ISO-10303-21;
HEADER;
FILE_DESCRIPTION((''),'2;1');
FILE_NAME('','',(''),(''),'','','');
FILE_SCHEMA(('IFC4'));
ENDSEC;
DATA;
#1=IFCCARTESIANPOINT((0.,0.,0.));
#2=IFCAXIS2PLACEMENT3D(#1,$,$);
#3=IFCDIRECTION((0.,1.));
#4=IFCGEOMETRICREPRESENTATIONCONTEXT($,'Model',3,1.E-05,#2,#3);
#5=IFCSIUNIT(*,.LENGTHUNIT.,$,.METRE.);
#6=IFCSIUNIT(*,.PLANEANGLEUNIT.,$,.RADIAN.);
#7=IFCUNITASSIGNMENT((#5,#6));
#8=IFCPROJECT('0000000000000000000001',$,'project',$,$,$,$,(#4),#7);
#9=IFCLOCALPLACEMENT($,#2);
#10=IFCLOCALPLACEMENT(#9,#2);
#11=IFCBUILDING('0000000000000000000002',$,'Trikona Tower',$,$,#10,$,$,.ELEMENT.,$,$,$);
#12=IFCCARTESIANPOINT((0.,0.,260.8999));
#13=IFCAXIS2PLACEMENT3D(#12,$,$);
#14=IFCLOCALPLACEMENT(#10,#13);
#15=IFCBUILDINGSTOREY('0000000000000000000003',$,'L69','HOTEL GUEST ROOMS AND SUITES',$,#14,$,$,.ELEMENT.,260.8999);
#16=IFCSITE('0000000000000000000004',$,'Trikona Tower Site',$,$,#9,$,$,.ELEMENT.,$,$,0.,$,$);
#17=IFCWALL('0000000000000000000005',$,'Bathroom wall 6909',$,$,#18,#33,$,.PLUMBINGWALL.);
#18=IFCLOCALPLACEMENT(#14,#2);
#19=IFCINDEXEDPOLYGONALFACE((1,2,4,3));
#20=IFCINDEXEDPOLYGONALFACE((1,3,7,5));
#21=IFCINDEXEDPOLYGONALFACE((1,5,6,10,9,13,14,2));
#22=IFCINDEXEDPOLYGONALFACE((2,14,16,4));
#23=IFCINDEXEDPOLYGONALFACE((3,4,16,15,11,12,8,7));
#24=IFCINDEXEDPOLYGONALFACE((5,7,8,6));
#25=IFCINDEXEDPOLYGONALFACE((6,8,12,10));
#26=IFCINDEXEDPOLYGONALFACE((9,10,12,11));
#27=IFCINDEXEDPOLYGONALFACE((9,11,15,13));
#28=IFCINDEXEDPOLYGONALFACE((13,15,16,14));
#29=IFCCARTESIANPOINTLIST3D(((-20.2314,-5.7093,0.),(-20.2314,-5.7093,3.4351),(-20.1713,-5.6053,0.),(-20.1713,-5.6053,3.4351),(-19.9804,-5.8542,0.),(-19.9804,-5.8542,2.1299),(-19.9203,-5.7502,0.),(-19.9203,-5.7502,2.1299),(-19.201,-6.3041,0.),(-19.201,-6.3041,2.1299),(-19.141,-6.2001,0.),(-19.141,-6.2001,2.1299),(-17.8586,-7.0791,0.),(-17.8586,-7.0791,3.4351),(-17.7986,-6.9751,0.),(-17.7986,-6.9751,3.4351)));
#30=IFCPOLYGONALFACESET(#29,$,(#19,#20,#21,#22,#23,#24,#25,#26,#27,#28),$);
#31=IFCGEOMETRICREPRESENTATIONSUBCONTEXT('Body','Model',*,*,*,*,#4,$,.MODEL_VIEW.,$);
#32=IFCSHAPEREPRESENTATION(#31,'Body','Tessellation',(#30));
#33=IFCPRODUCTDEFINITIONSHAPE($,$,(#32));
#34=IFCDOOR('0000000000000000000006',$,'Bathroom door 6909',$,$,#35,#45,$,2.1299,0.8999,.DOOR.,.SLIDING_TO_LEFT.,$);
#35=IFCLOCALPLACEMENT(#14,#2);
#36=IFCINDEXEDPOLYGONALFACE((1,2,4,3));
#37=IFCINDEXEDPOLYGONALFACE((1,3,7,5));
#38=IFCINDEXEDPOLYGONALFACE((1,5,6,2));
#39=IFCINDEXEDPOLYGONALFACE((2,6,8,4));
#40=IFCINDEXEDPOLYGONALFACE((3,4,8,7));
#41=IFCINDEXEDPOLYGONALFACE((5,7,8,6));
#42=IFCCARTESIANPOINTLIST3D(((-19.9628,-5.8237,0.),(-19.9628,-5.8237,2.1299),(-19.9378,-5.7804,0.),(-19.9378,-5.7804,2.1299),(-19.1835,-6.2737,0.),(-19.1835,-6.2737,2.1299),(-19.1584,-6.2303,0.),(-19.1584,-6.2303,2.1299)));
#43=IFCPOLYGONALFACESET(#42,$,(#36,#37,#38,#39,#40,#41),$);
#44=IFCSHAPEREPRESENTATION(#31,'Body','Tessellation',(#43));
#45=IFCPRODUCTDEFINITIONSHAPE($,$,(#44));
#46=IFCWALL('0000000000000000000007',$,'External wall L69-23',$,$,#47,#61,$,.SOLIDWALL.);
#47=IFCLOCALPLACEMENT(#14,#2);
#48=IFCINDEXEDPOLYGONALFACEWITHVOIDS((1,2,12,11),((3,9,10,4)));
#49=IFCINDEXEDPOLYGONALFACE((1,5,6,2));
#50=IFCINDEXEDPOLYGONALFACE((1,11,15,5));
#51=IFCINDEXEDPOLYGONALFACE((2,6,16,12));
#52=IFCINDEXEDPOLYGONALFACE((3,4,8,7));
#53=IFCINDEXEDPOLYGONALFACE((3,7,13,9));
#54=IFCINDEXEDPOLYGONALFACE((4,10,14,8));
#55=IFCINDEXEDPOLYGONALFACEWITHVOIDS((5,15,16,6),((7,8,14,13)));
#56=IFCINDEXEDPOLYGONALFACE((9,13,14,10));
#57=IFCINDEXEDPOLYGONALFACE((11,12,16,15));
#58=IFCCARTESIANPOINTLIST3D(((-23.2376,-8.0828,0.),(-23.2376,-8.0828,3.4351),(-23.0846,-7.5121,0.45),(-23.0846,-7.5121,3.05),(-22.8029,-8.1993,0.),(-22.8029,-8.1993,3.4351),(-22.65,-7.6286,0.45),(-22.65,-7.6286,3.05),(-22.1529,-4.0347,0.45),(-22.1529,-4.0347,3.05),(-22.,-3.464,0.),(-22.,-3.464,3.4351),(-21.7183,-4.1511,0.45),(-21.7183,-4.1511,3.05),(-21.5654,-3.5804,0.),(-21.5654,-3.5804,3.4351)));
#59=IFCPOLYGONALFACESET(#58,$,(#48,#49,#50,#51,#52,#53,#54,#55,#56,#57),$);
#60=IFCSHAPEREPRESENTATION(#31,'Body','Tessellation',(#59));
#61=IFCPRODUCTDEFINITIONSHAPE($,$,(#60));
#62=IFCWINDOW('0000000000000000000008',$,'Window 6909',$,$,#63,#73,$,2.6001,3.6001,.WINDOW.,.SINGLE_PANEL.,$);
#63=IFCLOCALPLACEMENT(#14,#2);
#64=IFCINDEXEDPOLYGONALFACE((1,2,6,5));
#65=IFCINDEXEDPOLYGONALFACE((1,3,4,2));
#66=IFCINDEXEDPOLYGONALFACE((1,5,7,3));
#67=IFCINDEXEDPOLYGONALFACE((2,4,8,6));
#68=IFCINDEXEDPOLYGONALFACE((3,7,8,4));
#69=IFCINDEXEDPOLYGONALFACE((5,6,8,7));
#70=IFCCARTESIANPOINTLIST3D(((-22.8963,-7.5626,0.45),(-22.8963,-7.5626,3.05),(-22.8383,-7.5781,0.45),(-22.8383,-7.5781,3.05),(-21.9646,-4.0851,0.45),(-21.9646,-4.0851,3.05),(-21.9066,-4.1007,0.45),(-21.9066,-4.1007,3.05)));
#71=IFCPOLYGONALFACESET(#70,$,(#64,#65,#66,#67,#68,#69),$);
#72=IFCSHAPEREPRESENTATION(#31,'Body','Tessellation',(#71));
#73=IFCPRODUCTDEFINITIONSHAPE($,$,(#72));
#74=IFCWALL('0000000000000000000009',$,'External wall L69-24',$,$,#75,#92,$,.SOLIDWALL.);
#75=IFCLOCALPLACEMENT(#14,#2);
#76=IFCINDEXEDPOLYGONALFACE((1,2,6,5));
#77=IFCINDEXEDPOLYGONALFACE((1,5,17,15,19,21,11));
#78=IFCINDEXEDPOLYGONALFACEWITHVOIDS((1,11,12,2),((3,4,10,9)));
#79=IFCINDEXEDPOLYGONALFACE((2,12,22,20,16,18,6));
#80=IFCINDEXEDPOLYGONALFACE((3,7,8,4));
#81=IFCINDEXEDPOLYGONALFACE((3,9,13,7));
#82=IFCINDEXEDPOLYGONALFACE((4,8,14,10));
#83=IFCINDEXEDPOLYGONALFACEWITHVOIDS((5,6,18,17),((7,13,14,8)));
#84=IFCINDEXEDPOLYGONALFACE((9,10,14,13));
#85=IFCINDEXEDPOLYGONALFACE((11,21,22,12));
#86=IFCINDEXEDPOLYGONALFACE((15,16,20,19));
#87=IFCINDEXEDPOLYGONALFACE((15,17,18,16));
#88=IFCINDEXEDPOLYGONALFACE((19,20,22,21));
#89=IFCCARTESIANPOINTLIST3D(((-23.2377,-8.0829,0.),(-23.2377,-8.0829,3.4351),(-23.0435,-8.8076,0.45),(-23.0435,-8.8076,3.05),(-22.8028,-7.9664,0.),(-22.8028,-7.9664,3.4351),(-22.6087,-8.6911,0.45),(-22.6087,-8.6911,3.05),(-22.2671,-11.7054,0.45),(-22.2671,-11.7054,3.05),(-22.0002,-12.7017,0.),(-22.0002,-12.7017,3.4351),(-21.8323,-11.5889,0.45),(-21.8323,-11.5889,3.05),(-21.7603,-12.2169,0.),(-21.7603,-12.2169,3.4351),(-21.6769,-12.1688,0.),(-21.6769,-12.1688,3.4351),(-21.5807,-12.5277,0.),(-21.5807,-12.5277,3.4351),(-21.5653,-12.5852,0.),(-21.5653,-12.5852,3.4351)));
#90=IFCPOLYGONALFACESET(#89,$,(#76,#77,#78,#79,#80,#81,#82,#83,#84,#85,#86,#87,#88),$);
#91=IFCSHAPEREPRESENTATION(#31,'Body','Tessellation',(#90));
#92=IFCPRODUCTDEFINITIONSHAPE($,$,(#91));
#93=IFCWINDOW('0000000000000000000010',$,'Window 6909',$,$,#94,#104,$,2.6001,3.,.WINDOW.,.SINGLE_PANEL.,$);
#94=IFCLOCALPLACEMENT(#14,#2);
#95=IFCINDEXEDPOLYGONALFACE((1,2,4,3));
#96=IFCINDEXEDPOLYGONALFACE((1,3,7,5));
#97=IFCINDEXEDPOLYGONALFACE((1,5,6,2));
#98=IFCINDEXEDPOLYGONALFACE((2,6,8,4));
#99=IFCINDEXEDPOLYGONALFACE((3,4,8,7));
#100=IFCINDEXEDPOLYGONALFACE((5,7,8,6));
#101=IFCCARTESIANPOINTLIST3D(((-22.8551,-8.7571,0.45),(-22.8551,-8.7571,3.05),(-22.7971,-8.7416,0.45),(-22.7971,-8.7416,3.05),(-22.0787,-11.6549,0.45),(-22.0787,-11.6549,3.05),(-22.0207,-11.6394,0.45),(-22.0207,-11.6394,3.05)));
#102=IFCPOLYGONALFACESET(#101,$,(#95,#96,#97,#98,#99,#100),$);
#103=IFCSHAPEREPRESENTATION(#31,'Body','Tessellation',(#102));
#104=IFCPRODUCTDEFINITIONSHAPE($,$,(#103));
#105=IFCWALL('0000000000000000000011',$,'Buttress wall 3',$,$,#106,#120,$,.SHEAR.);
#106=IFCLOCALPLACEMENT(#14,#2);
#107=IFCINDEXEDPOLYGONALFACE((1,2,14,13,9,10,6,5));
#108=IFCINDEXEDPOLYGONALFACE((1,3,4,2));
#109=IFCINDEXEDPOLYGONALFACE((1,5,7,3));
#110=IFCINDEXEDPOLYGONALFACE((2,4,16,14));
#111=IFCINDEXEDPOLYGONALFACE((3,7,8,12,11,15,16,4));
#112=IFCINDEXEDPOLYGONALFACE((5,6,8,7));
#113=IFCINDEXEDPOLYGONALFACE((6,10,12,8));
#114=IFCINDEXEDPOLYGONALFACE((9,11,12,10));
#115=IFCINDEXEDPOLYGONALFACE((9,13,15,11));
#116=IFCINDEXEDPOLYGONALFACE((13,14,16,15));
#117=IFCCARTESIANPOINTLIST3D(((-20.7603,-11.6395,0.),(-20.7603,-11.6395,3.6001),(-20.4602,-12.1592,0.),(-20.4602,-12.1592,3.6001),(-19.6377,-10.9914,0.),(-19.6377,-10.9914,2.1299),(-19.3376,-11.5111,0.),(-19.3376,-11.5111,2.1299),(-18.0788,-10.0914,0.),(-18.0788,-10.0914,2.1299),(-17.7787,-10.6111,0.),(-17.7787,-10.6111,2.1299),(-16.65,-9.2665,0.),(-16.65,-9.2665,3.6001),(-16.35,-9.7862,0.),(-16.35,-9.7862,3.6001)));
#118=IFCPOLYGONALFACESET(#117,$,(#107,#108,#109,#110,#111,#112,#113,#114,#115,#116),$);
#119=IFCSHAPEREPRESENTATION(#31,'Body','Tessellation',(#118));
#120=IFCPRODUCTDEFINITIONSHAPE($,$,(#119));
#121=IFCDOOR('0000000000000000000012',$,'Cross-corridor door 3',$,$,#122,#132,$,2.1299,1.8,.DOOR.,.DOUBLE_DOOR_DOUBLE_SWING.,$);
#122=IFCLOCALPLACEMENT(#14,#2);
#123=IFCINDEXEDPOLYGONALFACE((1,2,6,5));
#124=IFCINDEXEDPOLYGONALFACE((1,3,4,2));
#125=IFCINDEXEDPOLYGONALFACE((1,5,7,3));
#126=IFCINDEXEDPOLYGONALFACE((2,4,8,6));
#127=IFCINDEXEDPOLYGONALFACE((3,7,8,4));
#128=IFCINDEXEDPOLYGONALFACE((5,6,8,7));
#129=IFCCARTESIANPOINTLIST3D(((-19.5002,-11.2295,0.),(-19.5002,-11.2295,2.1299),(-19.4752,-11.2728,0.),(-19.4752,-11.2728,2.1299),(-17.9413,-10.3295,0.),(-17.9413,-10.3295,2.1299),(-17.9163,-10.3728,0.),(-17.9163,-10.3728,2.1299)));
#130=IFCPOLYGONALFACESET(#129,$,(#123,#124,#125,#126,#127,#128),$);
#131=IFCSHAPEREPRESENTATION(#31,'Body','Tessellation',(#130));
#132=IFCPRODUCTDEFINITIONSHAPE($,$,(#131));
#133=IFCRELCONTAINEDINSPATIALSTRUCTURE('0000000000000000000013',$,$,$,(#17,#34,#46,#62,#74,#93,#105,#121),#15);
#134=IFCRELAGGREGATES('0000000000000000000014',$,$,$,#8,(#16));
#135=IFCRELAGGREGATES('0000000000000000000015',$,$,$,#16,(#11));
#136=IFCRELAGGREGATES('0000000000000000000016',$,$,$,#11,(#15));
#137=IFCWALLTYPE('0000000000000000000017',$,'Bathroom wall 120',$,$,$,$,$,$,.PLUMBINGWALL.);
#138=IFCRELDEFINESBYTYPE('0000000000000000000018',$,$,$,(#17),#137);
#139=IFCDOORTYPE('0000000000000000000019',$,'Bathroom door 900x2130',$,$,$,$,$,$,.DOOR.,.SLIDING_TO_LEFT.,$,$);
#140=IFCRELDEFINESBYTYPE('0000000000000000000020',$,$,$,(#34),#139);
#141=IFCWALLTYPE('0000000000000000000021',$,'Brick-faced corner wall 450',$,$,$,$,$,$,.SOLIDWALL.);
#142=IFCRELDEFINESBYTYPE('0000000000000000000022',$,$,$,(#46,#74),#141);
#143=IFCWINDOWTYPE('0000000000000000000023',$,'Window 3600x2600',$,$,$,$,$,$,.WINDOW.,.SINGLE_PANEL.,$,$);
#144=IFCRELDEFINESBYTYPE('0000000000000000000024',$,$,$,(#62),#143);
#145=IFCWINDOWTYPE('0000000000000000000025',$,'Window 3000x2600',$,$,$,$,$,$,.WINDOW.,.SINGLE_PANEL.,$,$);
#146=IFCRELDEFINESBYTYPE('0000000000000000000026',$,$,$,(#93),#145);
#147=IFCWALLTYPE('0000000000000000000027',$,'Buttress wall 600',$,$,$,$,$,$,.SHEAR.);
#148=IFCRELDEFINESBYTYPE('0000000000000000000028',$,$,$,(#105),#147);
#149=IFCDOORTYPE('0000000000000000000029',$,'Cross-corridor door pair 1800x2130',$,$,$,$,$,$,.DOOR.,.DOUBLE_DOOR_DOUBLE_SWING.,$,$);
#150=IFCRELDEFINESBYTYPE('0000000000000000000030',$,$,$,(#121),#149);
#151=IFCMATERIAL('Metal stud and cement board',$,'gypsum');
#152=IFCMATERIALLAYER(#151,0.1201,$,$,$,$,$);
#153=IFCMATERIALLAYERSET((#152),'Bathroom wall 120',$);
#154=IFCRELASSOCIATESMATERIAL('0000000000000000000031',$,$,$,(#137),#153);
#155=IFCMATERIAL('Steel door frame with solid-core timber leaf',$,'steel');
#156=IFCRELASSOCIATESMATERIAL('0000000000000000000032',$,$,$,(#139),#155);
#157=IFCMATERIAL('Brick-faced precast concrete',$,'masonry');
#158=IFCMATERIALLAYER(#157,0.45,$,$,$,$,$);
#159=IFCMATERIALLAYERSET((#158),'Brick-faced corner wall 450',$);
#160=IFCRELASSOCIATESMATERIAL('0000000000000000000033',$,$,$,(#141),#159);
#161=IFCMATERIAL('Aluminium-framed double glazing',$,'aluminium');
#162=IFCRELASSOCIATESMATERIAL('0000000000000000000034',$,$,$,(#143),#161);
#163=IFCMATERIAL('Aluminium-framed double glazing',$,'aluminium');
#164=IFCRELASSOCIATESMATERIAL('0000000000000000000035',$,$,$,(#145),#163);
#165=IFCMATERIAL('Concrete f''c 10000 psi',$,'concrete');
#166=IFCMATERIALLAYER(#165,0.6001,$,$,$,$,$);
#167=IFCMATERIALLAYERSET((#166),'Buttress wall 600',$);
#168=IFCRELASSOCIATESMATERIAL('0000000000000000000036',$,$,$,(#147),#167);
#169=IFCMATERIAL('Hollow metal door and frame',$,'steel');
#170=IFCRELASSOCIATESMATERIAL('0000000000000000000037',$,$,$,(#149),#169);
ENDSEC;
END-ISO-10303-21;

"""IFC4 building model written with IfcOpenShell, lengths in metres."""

from ifc_helpers import new_model, si_unit, direction, frame, frame_2d, origin, place, context, subcontext, project, spatial, polyline, rectangle, outline, extrude, material, layer, layer_set, type_object, element, fill, save


model = new_model("IFC4")

# Units and contexts
model_context = context("Model", 3, precision=1e-05, world=origin(), true_north=direction((0.0, 1.0)))
body_context = subcontext(model_context, "Body", "Model", "MODEL_VIEW")
ifc_project = project(units=[si_unit("LENGTHUNIT", "METRE"), si_unit("PLANEANGLEUNIT", "RADIAN")], contexts=[model_context])

# Site, building, storey
site_placement = place(None, origin())
site = spatial("IfcSite", under=ifc_project, at=site_placement, Name="Trikona Tower Site", CompositionType="ELEMENT", RefElevation=0.0)
building_placement = place(site_placement, origin())
building = spatial("IfcBuilding", under=site, at=building_placement, Name="Trikona Tower", CompositionType="ELEMENT")
storey_placement = place(building_placement, frame((0.0, 0.0, 260.8999)))
storey = spatial("IfcBuildingStorey", under=building, at=storey_placement, Name="L69", Description="HOTEL GUEST ROOMS AND SUITES", CompositionType="ELEMENT", Elevation=260.8999)

# Shared definitions
ifc_material_1 = material(Name="Metal stud and cement board", Category="gypsum")
ifc_layer_1 = layer(ifc_material_1, 0.1201)
ifc_layer_set_1 = layer_set([ifc_layer_1], Name="Bathroom wall 120")
wall_type_1 = type_object("IfcWallType", Name="Bathroom wall 120", PredefinedType="PLUMBINGWALL", material=ifc_layer_set_1)
ifc_material_2 = material(Name="Steel door frame with solid-core timber leaf", Category="steel")
door_type_1 = type_object("IfcDoorType", Name="Bathroom door 900x2130", OperationType="SLIDING_TO_LEFT", PredefinedType="DOOR", material=ifc_material_2)

# Wall, opening, door
wall_1_placement = place(storey_placement, frame((-17.8286, -7.0271, 0.0), z_axis=(0.0, 0.0, 1.0), x_axis=(-0.866036, 0.499982, 0.0)))
wall_1 = element("IfcWall", 1, at=wall_1_placement, inside=storey, type_object=wall_type_1, Name="Bathroom wall 6909", PredefinedType="PLUMBINGWALL", context=body_context, shape_type="SweptSolid", body=[
    extrude(rectangle(XDim=2.7397, YDim=0.1201, at=frame_2d((1.3699, 0.0))), origin(), (0.0, 0.0, 1.0), 3.4351),
])
opening_1_placement = place(wall_1_placement, frame((1.55, 0.0, 0.0)))
opening_1 = element("IfcOpeningElement", 2, at=opening_1_placement, cuts=wall_1, PredefinedType="OPENING", context=body_context, shape_type="SweptSolid", body=[
    extrude(rectangle(XDim=0.8999, YDim=2.1299, at=frame_2d((0.45, 1.0649))), frame((0.0, 0.0701, 0.0), z_axis=(0.0, -1.0, 0.0), x_axis=(1.0, 0.0, 0.0)), (0.0, 0.0, 1.0), 0.1401),
])
door_1_placement = place(opening_1_placement, origin())
door_1 = element("IfcDoor", 3, at=door_1_placement, inside=storey, type_object=door_type_1, Name="Bathroom door 6909", OperationType="SLIDING_TO_LEFT", OverallHeight=2.1299, OverallWidth=0.8999, PredefinedType="DOOR", context=body_context, shape_type="SweptSolid", body=[
    extrude(rectangle(XDim=0.8999, YDim=2.1299, at=frame_2d((0.45, 1.0649))), frame((0.0, 0.0249, 0.0), z_axis=(0.0, -1.0, 0.0), x_axis=(1.0, 0.0, 0.0)), (0.0, 0.0, 1.0), 0.05),
])
fill(opening_1, door_1)

# Walls, openings, windows
ifc_material_3 = material(Name="Brick-faced precast concrete", Category="masonry")
ifc_layer_2 = layer(ifc_material_3, 0.45)
ifc_layer_set_2 = layer_set([ifc_layer_2], Name="Brick-faced corner wall 450")
wall_type_2 = type_object("IfcWallType", Name="Brick-faced corner wall 450", PredefinedType="SOLIDWALL", material=ifc_layer_set_2)
wall_2_placement = place(storey_placement, frame((-21.7827, -3.5222, 0.0), z_axis=(0.0, 0.0, 1.0), x_axis=(-0.258803, -0.96593, 0.0)))
wall_2 = element("IfcWall", 4, at=wall_2_placement, inside=storey, type_object=wall_type_2, Name="External wall L69-23", PredefinedType="SOLIDWALL", context=body_context, shape_type="SweptSolid", body=[
    extrude(rectangle(XDim=4.7817, YDim=0.45, at=frame_2d((2.3909, 0.0))), origin(), (0.0, 0.0, 1.0), 3.4351),
])
opening_2_placement = place(wall_2_placement, frame((0.5908, 0.0, 0.45)))
opening_2 = element("IfcOpeningElement", 5, at=opening_2_placement, cuts=wall_2, PredefinedType="OPENING", context=body_context, shape_type="SweptSolid", body=[
    extrude(rectangle(XDim=3.6001, YDim=2.6001, at=frame_2d((1.8, 1.3))), frame((0.0, 0.2349, 0.0), z_axis=(0.0, -1.0, 0.0), x_axis=(1.0, 0.0, 0.0)), (0.0, 0.0, 1.0), 0.47),
])
ifc_material_4 = material(Name="Aluminium-framed double glazing", Category="aluminium")
window_type_1 = type_object("IfcWindowType", Name="Window 3600x2600", PartitioningType="SINGLE_PANEL", PredefinedType="WINDOW", material=ifc_material_4)
window_1_placement = place(opening_2_placement, origin())
window_1 = element("IfcWindow", 6, at=window_1_placement, inside=storey, type_object=window_type_1, Name="Window 6909", OverallHeight=2.6001, OverallWidth=3.6001, PartitioningType="SINGLE_PANEL", PredefinedType="WINDOW", context=body_context, shape_type="SweptSolid", body=[
    extrude(rectangle(XDim=3.6001, YDim=2.6001, at=frame_2d((1.8, 1.3))), frame((0.0, 0.03, 0.0), z_axis=(0.0, -1.0, 0.0), x_axis=(1.0, 0.0, 0.0)), (0.0, 0.0, 1.0), 0.0601),
])
fill(opening_2, window_1)
wall_3_placement = place(storey_placement, frame((-23.0203, -8.0247, 0.0), z_axis=(0.0, 0.0, 1.0), x_axis=(0.258803, -0.96593, 0.0)))
wall_3 = element("IfcWall", 7, at=wall_3_placement, inside=storey, type_object=wall_type_2, Name="External wall L69-24", PredefinedType="SOLIDWALL", context=body_context, shape_type="SweptSolid", body=[
    extrude(outline(polyline([(4.7817, 0.2251), (4.7222, 0.2251), (4.3755, 0.1321), (4.3506, 0.2251), (0.0, 0.2251), (0.0, -0.2251), (4.7817, -0.2251), (4.7817, 0.2251)])), origin(), (0.0, 0.0, 1.0), 3.4351),
])
opening_3_placement = place(wall_3_placement, frame((0.7502, 0.0, 0.45)))
opening_3 = element("IfcOpeningElement", 8, at=opening_3_placement, cuts=wall_3, PredefinedType="OPENING", context=body_context, shape_type="SweptSolid", body=[
    extrude(rectangle(XDim=3.0, YDim=2.6001, at=frame_2d((1.5, 1.3))), frame((0.0, 0.2349, 0.0), z_axis=(0.0, -1.0, 0.0), x_axis=(1.0, 0.0, 0.0)), (0.0, 0.0, 1.0), 0.47),
])
ifc_material_5 = material(Name="Aluminium-framed double glazing", Category="aluminium")
window_type_2 = type_object("IfcWindowType", Name="Window 3000x2600", PartitioningType="SINGLE_PANEL", PredefinedType="WINDOW", material=ifc_material_5)
window_2_placement = place(opening_3_placement, origin())
window_2 = element("IfcWindow", 9, at=window_2_placement, inside=storey, type_object=window_type_2, Name="Window 6909", OverallHeight=2.6001, OverallWidth=3.0, PartitioningType="SINGLE_PANEL", PredefinedType="WINDOW", context=body_context, shape_type="SweptSolid", body=[
    extrude(rectangle(XDim=3.0, YDim=2.6001, at=frame_2d((1.5, 1.3))), frame((0.0, 0.03, 0.0), z_axis=(0.0, -1.0, 0.0), x_axis=(1.0, 0.0, 0.0)), (0.0, 0.0, 1.0), 0.0601),
])
fill(opening_3, window_2)

# Wall, opening, door
ifc_material_6 = material(Name="Concrete f'c 10000 psi", Category="concrete")
ifc_layer_3 = layer(ifc_material_6, 0.6001)
ifc_layer_set_3 = layer_set([ifc_layer_3], Name="Buttress wall 600")
wall_type_3 = type_object("IfcWallType", Name="Buttress wall 600", PredefinedType="SHEAR", material=ifc_layer_set_3)
wall_4_placement = place(storey_placement, frame((-16.5, -9.5264, 0.0), z_axis=(0.0, 0.0, 1.0), x_axis=(-0.866031, -0.49999, 0.0)))
wall_4 = element("IfcWall", 10, at=wall_4_placement, inside=storey, type_object=wall_type_3, Name="Buttress wall 3", PredefinedType="SHEAR", context=body_context, shape_type="SweptSolid", body=[
    extrude(rectangle(XDim=4.7461, YDim=0.6001, at=frame_2d((2.373, 0.0))), origin(), (0.0, 0.0, 1.0), 3.6001),
])
opening_4_placement = place(wall_4_placement, frame((1.6499, 0.0, 0.0)))
opening_4 = element("IfcOpeningElement", 11, at=opening_4_placement, cuts=wall_4, PredefinedType="OPENING", context=body_context, shape_type="SweptSolid", body=[
    extrude(rectangle(XDim=1.8, YDim=2.1299, at=frame_2d((0.8999, 1.0649))), frame((0.0, 0.3101, 0.0), z_axis=(0.0, -1.0, 0.0), x_axis=(1.0, 0.0, 0.0)), (0.0, 0.0, 1.0), 0.6201),
])
ifc_material_7 = material(Name="Hollow metal door and frame", Category="steel")
door_type_2 = type_object("IfcDoorType", Name="Cross-corridor door pair 1800x2130", OperationType="DOUBLE_DOOR_DOUBLE_SWING", PredefinedType="DOOR", material=ifc_material_7)
door_2_placement = place(opening_4_placement, origin())
door_2 = element("IfcDoor", 12, at=door_2_placement, inside=storey, type_object=door_type_2, Name="Cross-corridor door 3", OperationType="DOUBLE_DOOR_DOUBLE_SWING", OverallHeight=2.1299, OverallWidth=1.8, PredefinedType="DOOR", context=body_context, shape_type="SweptSolid", body=[
    extrude(rectangle(XDim=1.8, YDim=2.1299, at=frame_2d((0.8999, 1.0649))), frame((0.0, 0.0249, 0.0), z_axis=(0.0, -1.0, 0.0), x_axis=(1.0, 0.0, 0.0)), (0.0, 0.0, 1.0), 0.05),
])
fill(opening_4, door_2)

save(model, "model.ifc")
